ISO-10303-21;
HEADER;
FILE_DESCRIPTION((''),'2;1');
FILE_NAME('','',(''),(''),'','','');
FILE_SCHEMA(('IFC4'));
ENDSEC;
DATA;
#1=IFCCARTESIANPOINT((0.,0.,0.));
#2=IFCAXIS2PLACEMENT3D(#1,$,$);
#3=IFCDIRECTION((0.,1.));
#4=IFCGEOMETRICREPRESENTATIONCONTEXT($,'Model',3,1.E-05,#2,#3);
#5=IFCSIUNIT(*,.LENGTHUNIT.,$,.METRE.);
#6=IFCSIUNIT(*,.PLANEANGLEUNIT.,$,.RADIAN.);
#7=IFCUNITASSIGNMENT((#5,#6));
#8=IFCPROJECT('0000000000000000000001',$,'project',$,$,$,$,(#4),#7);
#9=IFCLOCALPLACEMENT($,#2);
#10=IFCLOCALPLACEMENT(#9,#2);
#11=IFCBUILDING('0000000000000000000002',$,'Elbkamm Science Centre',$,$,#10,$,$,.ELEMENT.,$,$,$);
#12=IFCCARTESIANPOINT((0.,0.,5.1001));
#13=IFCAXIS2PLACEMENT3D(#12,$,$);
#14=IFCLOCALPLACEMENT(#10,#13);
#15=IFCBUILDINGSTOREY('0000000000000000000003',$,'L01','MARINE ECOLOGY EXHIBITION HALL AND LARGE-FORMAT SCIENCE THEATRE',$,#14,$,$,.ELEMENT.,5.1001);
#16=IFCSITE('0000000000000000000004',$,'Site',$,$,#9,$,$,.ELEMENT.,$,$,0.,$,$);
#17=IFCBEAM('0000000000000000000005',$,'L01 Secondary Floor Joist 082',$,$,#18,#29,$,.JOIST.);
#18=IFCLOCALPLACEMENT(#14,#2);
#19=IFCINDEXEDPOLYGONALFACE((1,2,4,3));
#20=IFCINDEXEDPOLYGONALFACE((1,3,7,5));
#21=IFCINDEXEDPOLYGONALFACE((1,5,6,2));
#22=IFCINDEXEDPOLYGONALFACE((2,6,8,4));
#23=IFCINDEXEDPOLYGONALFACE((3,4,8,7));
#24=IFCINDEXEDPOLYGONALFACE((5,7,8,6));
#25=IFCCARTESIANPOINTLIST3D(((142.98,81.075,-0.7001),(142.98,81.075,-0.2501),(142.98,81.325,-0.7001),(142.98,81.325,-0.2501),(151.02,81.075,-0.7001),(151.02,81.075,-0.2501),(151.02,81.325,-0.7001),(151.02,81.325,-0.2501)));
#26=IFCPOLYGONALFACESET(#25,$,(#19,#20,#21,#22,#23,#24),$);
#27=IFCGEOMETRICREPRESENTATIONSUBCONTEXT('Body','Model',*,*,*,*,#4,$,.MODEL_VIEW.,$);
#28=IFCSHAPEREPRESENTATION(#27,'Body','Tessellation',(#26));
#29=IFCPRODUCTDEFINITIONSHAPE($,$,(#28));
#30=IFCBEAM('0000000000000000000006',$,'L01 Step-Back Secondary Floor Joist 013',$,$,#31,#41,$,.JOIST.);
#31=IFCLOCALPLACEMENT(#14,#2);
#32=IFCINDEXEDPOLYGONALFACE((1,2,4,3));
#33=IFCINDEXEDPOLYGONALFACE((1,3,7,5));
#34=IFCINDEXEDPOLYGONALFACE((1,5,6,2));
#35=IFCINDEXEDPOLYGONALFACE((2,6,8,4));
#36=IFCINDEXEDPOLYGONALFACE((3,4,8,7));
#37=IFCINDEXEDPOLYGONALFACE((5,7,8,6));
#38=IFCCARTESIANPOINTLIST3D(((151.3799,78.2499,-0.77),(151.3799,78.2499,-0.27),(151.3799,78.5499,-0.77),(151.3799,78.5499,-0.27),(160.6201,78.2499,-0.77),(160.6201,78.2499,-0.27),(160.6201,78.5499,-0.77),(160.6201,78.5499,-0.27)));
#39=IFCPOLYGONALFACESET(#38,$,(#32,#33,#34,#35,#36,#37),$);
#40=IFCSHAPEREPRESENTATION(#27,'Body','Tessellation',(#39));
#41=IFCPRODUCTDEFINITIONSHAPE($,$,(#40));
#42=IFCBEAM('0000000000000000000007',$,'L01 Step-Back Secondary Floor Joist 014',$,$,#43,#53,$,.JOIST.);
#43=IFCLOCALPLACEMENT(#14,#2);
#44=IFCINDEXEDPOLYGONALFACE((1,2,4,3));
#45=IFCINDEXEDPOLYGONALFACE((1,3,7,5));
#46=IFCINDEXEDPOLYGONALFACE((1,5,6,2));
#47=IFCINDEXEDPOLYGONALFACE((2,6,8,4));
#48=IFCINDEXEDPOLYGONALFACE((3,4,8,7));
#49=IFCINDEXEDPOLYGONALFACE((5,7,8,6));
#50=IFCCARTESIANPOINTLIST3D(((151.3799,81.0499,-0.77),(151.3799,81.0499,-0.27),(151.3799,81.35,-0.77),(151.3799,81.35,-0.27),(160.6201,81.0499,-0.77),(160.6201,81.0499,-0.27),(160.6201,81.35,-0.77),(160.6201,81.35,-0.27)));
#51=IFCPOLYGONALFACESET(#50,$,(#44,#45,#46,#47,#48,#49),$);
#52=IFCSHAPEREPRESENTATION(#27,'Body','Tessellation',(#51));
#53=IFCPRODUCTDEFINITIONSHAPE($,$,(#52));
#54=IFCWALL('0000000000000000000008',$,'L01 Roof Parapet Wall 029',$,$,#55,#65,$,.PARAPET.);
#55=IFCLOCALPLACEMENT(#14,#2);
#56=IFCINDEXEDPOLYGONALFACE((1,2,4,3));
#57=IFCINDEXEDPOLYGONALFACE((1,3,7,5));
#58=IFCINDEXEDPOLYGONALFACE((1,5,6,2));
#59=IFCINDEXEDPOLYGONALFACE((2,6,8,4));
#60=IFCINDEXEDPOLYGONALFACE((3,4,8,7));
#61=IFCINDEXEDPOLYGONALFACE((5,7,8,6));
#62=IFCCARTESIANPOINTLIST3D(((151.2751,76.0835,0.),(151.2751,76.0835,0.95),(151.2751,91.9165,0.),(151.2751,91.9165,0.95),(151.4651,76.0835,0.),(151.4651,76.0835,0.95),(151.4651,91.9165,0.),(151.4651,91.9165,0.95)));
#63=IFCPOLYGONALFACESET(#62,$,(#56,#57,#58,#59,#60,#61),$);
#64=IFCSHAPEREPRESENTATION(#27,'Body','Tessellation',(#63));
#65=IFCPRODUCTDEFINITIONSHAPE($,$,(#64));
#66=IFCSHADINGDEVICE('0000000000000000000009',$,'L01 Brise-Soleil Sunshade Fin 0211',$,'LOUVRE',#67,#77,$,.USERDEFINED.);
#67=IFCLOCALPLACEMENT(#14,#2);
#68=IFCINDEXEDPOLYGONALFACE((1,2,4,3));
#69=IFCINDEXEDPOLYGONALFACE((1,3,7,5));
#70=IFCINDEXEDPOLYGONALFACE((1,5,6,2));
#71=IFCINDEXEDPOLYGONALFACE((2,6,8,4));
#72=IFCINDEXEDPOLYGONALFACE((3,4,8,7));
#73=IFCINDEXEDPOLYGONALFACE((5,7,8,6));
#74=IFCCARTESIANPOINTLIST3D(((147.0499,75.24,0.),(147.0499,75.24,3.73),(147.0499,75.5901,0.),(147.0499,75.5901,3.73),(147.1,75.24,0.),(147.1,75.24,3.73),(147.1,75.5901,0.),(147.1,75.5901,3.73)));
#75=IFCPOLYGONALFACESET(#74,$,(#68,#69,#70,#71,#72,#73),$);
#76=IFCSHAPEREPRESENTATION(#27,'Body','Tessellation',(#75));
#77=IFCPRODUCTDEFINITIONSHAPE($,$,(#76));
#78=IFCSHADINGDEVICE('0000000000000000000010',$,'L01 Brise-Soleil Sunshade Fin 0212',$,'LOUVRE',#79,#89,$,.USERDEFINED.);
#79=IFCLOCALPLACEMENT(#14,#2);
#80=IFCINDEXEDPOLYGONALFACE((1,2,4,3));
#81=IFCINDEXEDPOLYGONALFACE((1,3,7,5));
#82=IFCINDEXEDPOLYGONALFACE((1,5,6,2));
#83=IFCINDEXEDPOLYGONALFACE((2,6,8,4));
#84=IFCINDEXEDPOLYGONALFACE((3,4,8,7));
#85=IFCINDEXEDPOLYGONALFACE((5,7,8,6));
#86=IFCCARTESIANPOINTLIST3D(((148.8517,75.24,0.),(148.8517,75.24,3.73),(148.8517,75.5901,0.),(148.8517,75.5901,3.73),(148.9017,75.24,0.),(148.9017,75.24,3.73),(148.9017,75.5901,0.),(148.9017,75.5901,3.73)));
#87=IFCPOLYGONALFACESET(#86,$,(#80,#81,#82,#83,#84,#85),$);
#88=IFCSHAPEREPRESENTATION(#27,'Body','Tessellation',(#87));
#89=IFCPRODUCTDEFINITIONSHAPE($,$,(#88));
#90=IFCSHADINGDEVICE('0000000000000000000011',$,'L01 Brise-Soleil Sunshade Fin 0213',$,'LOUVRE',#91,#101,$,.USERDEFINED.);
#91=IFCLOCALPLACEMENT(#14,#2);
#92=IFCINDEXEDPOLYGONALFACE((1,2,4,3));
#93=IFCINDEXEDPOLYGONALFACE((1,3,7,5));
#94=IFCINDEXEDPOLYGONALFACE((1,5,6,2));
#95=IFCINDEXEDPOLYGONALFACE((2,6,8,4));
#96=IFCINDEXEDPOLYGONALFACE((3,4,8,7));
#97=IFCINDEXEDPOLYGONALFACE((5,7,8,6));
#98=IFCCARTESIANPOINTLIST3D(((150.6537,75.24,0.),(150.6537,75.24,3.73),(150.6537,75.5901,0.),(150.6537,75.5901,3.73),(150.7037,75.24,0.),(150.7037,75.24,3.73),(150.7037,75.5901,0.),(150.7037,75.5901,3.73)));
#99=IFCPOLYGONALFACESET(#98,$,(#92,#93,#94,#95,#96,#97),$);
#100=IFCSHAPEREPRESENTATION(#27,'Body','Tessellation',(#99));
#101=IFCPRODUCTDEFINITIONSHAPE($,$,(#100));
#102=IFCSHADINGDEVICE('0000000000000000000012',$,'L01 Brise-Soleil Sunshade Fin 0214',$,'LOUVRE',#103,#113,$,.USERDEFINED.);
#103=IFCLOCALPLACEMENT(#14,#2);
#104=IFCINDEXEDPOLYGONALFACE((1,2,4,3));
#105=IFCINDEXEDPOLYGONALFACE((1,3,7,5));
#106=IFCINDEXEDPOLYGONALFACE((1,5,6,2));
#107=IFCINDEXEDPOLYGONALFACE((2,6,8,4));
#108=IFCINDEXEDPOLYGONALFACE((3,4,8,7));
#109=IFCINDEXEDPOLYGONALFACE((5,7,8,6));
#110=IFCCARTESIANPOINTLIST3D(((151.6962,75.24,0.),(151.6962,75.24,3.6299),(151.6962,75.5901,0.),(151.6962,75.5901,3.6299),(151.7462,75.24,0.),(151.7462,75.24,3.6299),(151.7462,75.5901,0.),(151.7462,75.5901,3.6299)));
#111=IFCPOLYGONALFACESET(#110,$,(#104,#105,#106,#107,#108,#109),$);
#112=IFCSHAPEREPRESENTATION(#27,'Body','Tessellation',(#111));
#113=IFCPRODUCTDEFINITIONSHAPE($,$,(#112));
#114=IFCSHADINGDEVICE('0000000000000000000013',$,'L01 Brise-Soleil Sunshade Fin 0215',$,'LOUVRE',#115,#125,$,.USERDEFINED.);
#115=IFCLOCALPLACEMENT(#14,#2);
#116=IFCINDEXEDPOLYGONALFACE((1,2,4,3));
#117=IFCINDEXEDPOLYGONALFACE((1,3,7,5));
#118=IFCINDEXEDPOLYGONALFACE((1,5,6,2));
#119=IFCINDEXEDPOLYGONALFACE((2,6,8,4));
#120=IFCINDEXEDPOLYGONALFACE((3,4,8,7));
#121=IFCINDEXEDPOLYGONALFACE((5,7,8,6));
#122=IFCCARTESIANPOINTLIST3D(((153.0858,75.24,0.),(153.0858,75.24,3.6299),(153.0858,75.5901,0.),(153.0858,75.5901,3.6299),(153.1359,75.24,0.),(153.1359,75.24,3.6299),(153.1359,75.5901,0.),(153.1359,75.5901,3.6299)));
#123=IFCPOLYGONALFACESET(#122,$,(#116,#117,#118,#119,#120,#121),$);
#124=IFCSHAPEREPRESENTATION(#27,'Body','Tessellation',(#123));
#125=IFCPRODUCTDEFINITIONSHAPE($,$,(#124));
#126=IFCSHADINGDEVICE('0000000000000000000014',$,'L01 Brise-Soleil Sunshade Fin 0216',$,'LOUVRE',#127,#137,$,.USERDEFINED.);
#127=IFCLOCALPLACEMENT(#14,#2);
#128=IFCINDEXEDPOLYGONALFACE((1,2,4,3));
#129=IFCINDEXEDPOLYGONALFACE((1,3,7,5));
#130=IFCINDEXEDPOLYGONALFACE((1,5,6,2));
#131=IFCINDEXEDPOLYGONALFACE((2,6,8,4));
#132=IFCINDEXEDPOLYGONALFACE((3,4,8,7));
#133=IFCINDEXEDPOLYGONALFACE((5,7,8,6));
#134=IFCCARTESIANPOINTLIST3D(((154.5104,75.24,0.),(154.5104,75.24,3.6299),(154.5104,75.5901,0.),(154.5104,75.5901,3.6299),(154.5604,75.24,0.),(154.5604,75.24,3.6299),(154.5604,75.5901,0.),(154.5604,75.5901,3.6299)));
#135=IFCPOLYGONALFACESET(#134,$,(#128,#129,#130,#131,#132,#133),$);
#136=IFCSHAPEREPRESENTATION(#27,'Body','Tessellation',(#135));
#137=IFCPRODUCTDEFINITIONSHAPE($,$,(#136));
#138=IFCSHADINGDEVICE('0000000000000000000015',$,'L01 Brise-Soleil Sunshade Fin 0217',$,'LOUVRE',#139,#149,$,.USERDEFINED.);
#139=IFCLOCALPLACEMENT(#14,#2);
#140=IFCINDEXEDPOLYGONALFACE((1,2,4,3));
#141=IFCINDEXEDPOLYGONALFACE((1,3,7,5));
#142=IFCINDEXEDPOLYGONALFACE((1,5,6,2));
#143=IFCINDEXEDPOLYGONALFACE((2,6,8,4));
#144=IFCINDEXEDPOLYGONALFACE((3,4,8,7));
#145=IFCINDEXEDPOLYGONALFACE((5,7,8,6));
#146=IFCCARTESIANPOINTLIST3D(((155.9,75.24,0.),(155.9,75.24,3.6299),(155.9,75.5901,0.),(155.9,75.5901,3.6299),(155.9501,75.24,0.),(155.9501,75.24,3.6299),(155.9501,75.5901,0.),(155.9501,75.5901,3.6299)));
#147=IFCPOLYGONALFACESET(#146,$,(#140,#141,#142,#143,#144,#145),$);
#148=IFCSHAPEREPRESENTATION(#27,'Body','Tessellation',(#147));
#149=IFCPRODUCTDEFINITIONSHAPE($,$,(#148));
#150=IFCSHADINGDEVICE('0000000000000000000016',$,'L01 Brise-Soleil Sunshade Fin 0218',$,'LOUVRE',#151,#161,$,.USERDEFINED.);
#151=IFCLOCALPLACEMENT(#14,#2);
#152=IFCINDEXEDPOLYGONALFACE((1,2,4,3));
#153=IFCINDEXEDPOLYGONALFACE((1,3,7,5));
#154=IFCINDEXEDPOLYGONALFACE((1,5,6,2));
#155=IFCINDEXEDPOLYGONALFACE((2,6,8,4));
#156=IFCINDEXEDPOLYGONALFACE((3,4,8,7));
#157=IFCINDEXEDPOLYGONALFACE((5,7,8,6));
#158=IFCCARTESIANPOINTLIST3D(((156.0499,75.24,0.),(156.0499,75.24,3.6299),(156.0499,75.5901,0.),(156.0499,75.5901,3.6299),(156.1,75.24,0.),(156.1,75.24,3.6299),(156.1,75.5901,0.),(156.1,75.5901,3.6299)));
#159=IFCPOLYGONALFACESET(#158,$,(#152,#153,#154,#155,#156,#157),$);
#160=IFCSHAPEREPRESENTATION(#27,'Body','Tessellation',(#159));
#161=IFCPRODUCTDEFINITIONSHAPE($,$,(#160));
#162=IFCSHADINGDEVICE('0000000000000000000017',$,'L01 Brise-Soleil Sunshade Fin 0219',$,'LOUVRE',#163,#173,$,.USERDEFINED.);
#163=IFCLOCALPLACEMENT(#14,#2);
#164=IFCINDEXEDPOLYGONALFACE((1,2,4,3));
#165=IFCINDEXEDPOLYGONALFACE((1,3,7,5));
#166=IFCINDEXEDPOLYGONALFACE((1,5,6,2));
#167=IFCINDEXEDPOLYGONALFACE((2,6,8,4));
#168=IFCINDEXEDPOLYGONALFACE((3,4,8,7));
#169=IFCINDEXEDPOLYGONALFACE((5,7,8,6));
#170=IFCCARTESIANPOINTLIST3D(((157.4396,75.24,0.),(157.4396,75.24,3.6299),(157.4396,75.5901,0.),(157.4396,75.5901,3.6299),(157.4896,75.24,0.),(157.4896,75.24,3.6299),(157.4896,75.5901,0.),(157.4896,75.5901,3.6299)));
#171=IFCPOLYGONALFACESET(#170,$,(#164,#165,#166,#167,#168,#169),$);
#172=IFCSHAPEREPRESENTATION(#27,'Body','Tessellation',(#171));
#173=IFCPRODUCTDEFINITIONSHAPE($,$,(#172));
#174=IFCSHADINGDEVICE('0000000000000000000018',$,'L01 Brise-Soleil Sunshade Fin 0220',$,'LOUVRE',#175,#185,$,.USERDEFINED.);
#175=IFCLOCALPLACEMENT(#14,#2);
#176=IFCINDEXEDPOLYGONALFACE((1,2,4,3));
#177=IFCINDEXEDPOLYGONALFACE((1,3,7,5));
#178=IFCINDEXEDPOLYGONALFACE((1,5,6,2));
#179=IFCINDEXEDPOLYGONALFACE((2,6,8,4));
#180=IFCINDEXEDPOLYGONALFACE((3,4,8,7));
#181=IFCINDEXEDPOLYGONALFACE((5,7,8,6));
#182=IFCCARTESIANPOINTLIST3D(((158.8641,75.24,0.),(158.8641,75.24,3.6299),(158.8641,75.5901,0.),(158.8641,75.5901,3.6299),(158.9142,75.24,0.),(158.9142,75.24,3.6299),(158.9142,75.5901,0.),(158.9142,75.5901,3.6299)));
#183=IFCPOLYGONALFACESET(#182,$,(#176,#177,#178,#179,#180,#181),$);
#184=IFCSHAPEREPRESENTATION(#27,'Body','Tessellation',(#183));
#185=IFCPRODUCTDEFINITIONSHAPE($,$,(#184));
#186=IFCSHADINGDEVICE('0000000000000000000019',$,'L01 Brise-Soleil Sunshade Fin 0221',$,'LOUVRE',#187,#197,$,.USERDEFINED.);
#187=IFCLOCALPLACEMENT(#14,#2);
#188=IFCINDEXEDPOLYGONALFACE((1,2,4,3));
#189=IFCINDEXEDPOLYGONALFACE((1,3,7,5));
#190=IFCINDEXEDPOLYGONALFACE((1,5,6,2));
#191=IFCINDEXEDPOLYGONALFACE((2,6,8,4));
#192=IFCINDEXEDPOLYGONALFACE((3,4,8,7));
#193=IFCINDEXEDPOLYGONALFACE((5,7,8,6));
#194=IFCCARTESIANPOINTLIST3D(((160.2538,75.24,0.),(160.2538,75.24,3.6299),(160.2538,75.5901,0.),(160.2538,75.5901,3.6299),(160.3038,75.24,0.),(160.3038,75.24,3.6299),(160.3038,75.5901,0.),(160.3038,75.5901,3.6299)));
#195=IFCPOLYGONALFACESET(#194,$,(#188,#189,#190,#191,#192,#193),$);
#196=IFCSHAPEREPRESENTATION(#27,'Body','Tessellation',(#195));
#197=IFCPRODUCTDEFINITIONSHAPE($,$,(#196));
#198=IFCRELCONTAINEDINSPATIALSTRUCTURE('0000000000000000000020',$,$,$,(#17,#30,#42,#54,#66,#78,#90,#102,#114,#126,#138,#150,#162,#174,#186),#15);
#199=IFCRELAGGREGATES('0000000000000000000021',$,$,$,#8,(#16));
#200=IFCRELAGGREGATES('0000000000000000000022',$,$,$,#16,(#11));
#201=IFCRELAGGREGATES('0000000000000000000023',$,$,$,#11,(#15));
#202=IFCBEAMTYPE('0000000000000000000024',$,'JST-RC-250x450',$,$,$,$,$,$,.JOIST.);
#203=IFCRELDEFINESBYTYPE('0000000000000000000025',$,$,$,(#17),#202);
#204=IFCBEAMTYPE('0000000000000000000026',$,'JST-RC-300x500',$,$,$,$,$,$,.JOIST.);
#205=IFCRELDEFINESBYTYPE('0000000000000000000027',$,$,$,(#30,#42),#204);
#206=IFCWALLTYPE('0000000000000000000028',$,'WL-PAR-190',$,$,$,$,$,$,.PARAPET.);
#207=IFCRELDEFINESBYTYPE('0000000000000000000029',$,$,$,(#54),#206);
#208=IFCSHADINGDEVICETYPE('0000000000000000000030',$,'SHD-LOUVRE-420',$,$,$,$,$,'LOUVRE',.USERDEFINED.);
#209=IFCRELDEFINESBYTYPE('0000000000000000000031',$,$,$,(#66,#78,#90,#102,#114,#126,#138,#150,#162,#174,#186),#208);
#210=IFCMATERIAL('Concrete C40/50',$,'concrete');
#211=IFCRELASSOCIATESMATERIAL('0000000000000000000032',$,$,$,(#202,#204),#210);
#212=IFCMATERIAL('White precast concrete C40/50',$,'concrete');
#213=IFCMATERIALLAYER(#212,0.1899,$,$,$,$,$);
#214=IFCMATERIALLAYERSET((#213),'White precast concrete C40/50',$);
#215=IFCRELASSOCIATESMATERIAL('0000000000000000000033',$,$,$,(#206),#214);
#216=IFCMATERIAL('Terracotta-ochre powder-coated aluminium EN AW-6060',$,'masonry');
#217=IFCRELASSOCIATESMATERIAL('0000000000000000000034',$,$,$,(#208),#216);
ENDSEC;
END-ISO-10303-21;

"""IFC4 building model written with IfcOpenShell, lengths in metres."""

from ifc_helpers import new_model, si_unit, direction, frame, frame_2d, origin, origin_2d, place, context, subcontext, project, spatial, rectangle, extrude, material, layer, layer_set, material_profile, profile_set, type_object, element, save


model = new_model("IFC4")

# Units and contexts
model_context = context("Model", 3, precision=1e-05, world=origin(), true_north=direction((0.0, 1.0)))
body_context = subcontext(model_context, "Body", "Model", "MODEL_VIEW")
ifc_project = project(units=[si_unit("LENGTHUNIT", "METRE"), si_unit("PLANEANGLEUNIT", "RADIAN")], contexts=[model_context])

# Site, building, storey
site_placement = place(None, origin())
site = spatial("IfcSite", under=ifc_project, at=site_placement, Name="Site", CompositionType="ELEMENT", RefElevation=0.0)
building_placement = place(site_placement, origin())
building = spatial("IfcBuilding", under=site, at=building_placement, Name="Elbkamm Science Centre", CompositionType="ELEMENT")
storey_placement = place(building_placement, frame((0.0, 0.0, 5.1001)))
storey = spatial("IfcBuildingStorey", under=building, at=storey_placement, Name="L01", Description="MARINE ECOLOGY EXHIBITION HALL AND LARGE-FORMAT SCIENCE THEATRE", CompositionType="ELEMENT", Elevation=5.1001)

# Shared definitions
ifc_material_1 = material(Name="Concrete C40/50", Category="concrete")

# Beams
ifc_material_profile_1 = material_profile(ifc_material_1, rectangle(XDim=0.25, YDim=0.45, at=origin_2d()), Name="RC 250x450")
ifc_profile_set_1 = profile_set([ifc_material_profile_1], Name="Concrete C40/50")
beam_type_1 = type_object("IfcBeamType", Name="JST-RC-250x450", PredefinedType="JOIST", material=ifc_profile_set_1)
for number, where, z_axis, x_axis, name in (
    (1, (142.98, 81.2, -0.4751), (1.0, 0.0, 0.0), (0.0, 1.0, 0.0), "L01 Secondary Floor Joist 082"),
):
    element("IfcBeam", number, at=place(storey_placement, frame(where, z_axis=z_axis, x_axis=x_axis)), inside=storey, type_object=beam_type_1, Name=name, PredefinedType="JOIST", context=body_context, shape_type="SweptSolid", body=[
        extrude(rectangle(XDim=0.25, YDim=0.45, at=origin_2d()), origin(), (0.0, 0.0, 1.0), 8.04),
    ])
ifc_material_profile_2 = material_profile(ifc_material_1, rectangle(XDim=0.3, YDim=0.5, at=origin_2d()), Name="RC 300x500")
ifc_profile_set_2 = profile_set([ifc_material_profile_2], Name="Concrete C40/50")
beam_type_2 = type_object("IfcBeamType", Name="JST-RC-300x500", PredefinedType="JOIST", material=ifc_profile_set_2)
for number, where, z_axis, x_axis, name in (
    (2, (151.3799, 78.3999, -0.52), (1.0, 0.0, 0.0), (0.0, 1.0, 0.0), "L01 Step-Back Secondary Floor Joist 013"),
    (3, (151.3799, 81.2, -0.52), (1.0, 0.0, 0.0), (0.0, 1.0, 0.0), "L01 Step-Back Secondary Floor Joist 014"),
):
    element("IfcBeam", number, at=place(storey_placement, frame(where, z_axis=z_axis, x_axis=x_axis)), inside=storey, type_object=beam_type_2, Name=name, PredefinedType="JOIST", context=body_context, shape_type="SweptSolid", body=[
        extrude(rectangle(XDim=0.3, YDim=0.5, at=origin_2d()), origin(), (0.0, 0.0, 1.0), 9.2402),
    ])

# Shared definitions
ifc_material_2 = material(Name="White precast concrete C40/50", Category="concrete")

# Wall
ifc_layer_1 = layer(ifc_material_2, 0.1899)
ifc_layer_set_1 = layer_set([ifc_layer_1], Name="White precast concrete C40/50")
wall_type_1 = type_object("IfcWallType", Name="WL-PAR-190", PredefinedType="PARAPET", material=ifc_layer_set_1)
wall_1_placement = place(storey_placement, frame((151.3701, 76.0835, 0.0), z_axis=(0.0, 0.0, 1.0), x_axis=(0.0, 1.0, 0.0)))
element("IfcWall", 4, at=wall_1_placement, inside=storey, type_object=wall_type_1, Name="L01 Roof Parapet Wall 029", PredefinedType="PARAPET", context=body_context, shape_type="SweptSolid", body=[
    extrude(rectangle(XDim=15.833, YDim=0.1899, at=frame_2d((7.9165, 0.0))), origin(), (0.0, 0.0, 1.0), 0.95),
])

# Shading devices
ifc_material_3 = material(Name="Terracotta-ochre powder-coated aluminium EN AW-6060", Category="masonry")
shading_device_type = type_object("IfcShadingDeviceType", Name="SHD-LOUVRE-420", ElementType="LOUVRE", PredefinedType="USERDEFINED", material=ifc_material_3)
for number, where, z_axis, x_axis, name in (
    (5, (147.075, 75.415, 0.0), (0.0, 0.0, 1.0), (0.0, 1.0, 0.0), "L01 Brise-Soleil Sunshade Fin 0211"),
    (6, (148.8767, 75.415, 0.0), (0.0, 0.0, 1.0), (0.0, 1.0, 0.0), "L01 Brise-Soleil Sunshade Fin 0212"),
    (7, (150.6787, 75.415, 0.0), (0.0, 0.0, 1.0), (0.0, 1.0, 0.0), "L01 Brise-Soleil Sunshade Fin 0213"),
):
    element("IfcShadingDevice", number, at=place(storey_placement, frame(where, z_axis=z_axis, x_axis=x_axis)), inside=storey, type_object=shading_device_type, Name=name, ObjectType="LOUVRE", PredefinedType="USERDEFINED", context=body_context, shape_type="SweptSolid", body=[
        extrude(rectangle(XDim=0.3501, YDim=0.05, at=origin_2d()), origin(), (0.0, 0.0, 1.0), 3.73),
    ])
for number, where, z_axis, x_axis, name in (
    (8, (151.7212, 75.415, 0.0), (0.0, 0.0, 1.0), (0.0, 1.0, 0.0), "L01 Brise-Soleil Sunshade Fin 0214"),
    (9, (153.1108, 75.415, 0.0), (0.0, 0.0, 1.0), (0.0, 1.0, 0.0), "L01 Brise-Soleil Sunshade Fin 0215"),
    (10, (154.5354, 75.415, 0.0), (0.0, 0.0, 1.0), (0.0, 1.0, 0.0), "L01 Brise-Soleil Sunshade Fin 0216"),
    (11, (155.925, 75.415, 0.0), (0.0, 0.0, 1.0), (0.0, 1.0, 0.0), "L01 Brise-Soleil Sunshade Fin 0217"),
    (12, (156.075, 75.415, 0.0), (0.0, 0.0, 1.0), (0.0, 1.0, 0.0), "L01 Brise-Soleil Sunshade Fin 0218"),
    (13, (157.4646, 75.415, 0.0), (0.0, 0.0, 1.0), (0.0, 1.0, 0.0), "L01 Brise-Soleil Sunshade Fin 0219"),
    (14, (158.8892, 75.415, 0.0), (0.0, 0.0, 1.0), (0.0, 1.0, 0.0), "L01 Brise-Soleil Sunshade Fin 0220"),
    (15, (160.2788, 75.415, 0.0), (0.0, 0.0, 1.0), (0.0, 1.0, 0.0), "L01 Brise-Soleil Sunshade Fin 0221"),
):
    element("IfcShadingDevice", number, at=place(storey_placement, frame(where, z_axis=z_axis, x_axis=x_axis)), inside=storey, type_object=shading_device_type, Name=name, ObjectType="LOUVRE", PredefinedType="USERDEFINED", context=body_context, shape_type="SweptSolid", body=[
        extrude(rectangle(XDim=0.3501, YDim=0.05, at=origin_2d()), origin(), (0.0, 0.0, 1.0), 3.6299),
    ])

save(model, "model.ifc")
